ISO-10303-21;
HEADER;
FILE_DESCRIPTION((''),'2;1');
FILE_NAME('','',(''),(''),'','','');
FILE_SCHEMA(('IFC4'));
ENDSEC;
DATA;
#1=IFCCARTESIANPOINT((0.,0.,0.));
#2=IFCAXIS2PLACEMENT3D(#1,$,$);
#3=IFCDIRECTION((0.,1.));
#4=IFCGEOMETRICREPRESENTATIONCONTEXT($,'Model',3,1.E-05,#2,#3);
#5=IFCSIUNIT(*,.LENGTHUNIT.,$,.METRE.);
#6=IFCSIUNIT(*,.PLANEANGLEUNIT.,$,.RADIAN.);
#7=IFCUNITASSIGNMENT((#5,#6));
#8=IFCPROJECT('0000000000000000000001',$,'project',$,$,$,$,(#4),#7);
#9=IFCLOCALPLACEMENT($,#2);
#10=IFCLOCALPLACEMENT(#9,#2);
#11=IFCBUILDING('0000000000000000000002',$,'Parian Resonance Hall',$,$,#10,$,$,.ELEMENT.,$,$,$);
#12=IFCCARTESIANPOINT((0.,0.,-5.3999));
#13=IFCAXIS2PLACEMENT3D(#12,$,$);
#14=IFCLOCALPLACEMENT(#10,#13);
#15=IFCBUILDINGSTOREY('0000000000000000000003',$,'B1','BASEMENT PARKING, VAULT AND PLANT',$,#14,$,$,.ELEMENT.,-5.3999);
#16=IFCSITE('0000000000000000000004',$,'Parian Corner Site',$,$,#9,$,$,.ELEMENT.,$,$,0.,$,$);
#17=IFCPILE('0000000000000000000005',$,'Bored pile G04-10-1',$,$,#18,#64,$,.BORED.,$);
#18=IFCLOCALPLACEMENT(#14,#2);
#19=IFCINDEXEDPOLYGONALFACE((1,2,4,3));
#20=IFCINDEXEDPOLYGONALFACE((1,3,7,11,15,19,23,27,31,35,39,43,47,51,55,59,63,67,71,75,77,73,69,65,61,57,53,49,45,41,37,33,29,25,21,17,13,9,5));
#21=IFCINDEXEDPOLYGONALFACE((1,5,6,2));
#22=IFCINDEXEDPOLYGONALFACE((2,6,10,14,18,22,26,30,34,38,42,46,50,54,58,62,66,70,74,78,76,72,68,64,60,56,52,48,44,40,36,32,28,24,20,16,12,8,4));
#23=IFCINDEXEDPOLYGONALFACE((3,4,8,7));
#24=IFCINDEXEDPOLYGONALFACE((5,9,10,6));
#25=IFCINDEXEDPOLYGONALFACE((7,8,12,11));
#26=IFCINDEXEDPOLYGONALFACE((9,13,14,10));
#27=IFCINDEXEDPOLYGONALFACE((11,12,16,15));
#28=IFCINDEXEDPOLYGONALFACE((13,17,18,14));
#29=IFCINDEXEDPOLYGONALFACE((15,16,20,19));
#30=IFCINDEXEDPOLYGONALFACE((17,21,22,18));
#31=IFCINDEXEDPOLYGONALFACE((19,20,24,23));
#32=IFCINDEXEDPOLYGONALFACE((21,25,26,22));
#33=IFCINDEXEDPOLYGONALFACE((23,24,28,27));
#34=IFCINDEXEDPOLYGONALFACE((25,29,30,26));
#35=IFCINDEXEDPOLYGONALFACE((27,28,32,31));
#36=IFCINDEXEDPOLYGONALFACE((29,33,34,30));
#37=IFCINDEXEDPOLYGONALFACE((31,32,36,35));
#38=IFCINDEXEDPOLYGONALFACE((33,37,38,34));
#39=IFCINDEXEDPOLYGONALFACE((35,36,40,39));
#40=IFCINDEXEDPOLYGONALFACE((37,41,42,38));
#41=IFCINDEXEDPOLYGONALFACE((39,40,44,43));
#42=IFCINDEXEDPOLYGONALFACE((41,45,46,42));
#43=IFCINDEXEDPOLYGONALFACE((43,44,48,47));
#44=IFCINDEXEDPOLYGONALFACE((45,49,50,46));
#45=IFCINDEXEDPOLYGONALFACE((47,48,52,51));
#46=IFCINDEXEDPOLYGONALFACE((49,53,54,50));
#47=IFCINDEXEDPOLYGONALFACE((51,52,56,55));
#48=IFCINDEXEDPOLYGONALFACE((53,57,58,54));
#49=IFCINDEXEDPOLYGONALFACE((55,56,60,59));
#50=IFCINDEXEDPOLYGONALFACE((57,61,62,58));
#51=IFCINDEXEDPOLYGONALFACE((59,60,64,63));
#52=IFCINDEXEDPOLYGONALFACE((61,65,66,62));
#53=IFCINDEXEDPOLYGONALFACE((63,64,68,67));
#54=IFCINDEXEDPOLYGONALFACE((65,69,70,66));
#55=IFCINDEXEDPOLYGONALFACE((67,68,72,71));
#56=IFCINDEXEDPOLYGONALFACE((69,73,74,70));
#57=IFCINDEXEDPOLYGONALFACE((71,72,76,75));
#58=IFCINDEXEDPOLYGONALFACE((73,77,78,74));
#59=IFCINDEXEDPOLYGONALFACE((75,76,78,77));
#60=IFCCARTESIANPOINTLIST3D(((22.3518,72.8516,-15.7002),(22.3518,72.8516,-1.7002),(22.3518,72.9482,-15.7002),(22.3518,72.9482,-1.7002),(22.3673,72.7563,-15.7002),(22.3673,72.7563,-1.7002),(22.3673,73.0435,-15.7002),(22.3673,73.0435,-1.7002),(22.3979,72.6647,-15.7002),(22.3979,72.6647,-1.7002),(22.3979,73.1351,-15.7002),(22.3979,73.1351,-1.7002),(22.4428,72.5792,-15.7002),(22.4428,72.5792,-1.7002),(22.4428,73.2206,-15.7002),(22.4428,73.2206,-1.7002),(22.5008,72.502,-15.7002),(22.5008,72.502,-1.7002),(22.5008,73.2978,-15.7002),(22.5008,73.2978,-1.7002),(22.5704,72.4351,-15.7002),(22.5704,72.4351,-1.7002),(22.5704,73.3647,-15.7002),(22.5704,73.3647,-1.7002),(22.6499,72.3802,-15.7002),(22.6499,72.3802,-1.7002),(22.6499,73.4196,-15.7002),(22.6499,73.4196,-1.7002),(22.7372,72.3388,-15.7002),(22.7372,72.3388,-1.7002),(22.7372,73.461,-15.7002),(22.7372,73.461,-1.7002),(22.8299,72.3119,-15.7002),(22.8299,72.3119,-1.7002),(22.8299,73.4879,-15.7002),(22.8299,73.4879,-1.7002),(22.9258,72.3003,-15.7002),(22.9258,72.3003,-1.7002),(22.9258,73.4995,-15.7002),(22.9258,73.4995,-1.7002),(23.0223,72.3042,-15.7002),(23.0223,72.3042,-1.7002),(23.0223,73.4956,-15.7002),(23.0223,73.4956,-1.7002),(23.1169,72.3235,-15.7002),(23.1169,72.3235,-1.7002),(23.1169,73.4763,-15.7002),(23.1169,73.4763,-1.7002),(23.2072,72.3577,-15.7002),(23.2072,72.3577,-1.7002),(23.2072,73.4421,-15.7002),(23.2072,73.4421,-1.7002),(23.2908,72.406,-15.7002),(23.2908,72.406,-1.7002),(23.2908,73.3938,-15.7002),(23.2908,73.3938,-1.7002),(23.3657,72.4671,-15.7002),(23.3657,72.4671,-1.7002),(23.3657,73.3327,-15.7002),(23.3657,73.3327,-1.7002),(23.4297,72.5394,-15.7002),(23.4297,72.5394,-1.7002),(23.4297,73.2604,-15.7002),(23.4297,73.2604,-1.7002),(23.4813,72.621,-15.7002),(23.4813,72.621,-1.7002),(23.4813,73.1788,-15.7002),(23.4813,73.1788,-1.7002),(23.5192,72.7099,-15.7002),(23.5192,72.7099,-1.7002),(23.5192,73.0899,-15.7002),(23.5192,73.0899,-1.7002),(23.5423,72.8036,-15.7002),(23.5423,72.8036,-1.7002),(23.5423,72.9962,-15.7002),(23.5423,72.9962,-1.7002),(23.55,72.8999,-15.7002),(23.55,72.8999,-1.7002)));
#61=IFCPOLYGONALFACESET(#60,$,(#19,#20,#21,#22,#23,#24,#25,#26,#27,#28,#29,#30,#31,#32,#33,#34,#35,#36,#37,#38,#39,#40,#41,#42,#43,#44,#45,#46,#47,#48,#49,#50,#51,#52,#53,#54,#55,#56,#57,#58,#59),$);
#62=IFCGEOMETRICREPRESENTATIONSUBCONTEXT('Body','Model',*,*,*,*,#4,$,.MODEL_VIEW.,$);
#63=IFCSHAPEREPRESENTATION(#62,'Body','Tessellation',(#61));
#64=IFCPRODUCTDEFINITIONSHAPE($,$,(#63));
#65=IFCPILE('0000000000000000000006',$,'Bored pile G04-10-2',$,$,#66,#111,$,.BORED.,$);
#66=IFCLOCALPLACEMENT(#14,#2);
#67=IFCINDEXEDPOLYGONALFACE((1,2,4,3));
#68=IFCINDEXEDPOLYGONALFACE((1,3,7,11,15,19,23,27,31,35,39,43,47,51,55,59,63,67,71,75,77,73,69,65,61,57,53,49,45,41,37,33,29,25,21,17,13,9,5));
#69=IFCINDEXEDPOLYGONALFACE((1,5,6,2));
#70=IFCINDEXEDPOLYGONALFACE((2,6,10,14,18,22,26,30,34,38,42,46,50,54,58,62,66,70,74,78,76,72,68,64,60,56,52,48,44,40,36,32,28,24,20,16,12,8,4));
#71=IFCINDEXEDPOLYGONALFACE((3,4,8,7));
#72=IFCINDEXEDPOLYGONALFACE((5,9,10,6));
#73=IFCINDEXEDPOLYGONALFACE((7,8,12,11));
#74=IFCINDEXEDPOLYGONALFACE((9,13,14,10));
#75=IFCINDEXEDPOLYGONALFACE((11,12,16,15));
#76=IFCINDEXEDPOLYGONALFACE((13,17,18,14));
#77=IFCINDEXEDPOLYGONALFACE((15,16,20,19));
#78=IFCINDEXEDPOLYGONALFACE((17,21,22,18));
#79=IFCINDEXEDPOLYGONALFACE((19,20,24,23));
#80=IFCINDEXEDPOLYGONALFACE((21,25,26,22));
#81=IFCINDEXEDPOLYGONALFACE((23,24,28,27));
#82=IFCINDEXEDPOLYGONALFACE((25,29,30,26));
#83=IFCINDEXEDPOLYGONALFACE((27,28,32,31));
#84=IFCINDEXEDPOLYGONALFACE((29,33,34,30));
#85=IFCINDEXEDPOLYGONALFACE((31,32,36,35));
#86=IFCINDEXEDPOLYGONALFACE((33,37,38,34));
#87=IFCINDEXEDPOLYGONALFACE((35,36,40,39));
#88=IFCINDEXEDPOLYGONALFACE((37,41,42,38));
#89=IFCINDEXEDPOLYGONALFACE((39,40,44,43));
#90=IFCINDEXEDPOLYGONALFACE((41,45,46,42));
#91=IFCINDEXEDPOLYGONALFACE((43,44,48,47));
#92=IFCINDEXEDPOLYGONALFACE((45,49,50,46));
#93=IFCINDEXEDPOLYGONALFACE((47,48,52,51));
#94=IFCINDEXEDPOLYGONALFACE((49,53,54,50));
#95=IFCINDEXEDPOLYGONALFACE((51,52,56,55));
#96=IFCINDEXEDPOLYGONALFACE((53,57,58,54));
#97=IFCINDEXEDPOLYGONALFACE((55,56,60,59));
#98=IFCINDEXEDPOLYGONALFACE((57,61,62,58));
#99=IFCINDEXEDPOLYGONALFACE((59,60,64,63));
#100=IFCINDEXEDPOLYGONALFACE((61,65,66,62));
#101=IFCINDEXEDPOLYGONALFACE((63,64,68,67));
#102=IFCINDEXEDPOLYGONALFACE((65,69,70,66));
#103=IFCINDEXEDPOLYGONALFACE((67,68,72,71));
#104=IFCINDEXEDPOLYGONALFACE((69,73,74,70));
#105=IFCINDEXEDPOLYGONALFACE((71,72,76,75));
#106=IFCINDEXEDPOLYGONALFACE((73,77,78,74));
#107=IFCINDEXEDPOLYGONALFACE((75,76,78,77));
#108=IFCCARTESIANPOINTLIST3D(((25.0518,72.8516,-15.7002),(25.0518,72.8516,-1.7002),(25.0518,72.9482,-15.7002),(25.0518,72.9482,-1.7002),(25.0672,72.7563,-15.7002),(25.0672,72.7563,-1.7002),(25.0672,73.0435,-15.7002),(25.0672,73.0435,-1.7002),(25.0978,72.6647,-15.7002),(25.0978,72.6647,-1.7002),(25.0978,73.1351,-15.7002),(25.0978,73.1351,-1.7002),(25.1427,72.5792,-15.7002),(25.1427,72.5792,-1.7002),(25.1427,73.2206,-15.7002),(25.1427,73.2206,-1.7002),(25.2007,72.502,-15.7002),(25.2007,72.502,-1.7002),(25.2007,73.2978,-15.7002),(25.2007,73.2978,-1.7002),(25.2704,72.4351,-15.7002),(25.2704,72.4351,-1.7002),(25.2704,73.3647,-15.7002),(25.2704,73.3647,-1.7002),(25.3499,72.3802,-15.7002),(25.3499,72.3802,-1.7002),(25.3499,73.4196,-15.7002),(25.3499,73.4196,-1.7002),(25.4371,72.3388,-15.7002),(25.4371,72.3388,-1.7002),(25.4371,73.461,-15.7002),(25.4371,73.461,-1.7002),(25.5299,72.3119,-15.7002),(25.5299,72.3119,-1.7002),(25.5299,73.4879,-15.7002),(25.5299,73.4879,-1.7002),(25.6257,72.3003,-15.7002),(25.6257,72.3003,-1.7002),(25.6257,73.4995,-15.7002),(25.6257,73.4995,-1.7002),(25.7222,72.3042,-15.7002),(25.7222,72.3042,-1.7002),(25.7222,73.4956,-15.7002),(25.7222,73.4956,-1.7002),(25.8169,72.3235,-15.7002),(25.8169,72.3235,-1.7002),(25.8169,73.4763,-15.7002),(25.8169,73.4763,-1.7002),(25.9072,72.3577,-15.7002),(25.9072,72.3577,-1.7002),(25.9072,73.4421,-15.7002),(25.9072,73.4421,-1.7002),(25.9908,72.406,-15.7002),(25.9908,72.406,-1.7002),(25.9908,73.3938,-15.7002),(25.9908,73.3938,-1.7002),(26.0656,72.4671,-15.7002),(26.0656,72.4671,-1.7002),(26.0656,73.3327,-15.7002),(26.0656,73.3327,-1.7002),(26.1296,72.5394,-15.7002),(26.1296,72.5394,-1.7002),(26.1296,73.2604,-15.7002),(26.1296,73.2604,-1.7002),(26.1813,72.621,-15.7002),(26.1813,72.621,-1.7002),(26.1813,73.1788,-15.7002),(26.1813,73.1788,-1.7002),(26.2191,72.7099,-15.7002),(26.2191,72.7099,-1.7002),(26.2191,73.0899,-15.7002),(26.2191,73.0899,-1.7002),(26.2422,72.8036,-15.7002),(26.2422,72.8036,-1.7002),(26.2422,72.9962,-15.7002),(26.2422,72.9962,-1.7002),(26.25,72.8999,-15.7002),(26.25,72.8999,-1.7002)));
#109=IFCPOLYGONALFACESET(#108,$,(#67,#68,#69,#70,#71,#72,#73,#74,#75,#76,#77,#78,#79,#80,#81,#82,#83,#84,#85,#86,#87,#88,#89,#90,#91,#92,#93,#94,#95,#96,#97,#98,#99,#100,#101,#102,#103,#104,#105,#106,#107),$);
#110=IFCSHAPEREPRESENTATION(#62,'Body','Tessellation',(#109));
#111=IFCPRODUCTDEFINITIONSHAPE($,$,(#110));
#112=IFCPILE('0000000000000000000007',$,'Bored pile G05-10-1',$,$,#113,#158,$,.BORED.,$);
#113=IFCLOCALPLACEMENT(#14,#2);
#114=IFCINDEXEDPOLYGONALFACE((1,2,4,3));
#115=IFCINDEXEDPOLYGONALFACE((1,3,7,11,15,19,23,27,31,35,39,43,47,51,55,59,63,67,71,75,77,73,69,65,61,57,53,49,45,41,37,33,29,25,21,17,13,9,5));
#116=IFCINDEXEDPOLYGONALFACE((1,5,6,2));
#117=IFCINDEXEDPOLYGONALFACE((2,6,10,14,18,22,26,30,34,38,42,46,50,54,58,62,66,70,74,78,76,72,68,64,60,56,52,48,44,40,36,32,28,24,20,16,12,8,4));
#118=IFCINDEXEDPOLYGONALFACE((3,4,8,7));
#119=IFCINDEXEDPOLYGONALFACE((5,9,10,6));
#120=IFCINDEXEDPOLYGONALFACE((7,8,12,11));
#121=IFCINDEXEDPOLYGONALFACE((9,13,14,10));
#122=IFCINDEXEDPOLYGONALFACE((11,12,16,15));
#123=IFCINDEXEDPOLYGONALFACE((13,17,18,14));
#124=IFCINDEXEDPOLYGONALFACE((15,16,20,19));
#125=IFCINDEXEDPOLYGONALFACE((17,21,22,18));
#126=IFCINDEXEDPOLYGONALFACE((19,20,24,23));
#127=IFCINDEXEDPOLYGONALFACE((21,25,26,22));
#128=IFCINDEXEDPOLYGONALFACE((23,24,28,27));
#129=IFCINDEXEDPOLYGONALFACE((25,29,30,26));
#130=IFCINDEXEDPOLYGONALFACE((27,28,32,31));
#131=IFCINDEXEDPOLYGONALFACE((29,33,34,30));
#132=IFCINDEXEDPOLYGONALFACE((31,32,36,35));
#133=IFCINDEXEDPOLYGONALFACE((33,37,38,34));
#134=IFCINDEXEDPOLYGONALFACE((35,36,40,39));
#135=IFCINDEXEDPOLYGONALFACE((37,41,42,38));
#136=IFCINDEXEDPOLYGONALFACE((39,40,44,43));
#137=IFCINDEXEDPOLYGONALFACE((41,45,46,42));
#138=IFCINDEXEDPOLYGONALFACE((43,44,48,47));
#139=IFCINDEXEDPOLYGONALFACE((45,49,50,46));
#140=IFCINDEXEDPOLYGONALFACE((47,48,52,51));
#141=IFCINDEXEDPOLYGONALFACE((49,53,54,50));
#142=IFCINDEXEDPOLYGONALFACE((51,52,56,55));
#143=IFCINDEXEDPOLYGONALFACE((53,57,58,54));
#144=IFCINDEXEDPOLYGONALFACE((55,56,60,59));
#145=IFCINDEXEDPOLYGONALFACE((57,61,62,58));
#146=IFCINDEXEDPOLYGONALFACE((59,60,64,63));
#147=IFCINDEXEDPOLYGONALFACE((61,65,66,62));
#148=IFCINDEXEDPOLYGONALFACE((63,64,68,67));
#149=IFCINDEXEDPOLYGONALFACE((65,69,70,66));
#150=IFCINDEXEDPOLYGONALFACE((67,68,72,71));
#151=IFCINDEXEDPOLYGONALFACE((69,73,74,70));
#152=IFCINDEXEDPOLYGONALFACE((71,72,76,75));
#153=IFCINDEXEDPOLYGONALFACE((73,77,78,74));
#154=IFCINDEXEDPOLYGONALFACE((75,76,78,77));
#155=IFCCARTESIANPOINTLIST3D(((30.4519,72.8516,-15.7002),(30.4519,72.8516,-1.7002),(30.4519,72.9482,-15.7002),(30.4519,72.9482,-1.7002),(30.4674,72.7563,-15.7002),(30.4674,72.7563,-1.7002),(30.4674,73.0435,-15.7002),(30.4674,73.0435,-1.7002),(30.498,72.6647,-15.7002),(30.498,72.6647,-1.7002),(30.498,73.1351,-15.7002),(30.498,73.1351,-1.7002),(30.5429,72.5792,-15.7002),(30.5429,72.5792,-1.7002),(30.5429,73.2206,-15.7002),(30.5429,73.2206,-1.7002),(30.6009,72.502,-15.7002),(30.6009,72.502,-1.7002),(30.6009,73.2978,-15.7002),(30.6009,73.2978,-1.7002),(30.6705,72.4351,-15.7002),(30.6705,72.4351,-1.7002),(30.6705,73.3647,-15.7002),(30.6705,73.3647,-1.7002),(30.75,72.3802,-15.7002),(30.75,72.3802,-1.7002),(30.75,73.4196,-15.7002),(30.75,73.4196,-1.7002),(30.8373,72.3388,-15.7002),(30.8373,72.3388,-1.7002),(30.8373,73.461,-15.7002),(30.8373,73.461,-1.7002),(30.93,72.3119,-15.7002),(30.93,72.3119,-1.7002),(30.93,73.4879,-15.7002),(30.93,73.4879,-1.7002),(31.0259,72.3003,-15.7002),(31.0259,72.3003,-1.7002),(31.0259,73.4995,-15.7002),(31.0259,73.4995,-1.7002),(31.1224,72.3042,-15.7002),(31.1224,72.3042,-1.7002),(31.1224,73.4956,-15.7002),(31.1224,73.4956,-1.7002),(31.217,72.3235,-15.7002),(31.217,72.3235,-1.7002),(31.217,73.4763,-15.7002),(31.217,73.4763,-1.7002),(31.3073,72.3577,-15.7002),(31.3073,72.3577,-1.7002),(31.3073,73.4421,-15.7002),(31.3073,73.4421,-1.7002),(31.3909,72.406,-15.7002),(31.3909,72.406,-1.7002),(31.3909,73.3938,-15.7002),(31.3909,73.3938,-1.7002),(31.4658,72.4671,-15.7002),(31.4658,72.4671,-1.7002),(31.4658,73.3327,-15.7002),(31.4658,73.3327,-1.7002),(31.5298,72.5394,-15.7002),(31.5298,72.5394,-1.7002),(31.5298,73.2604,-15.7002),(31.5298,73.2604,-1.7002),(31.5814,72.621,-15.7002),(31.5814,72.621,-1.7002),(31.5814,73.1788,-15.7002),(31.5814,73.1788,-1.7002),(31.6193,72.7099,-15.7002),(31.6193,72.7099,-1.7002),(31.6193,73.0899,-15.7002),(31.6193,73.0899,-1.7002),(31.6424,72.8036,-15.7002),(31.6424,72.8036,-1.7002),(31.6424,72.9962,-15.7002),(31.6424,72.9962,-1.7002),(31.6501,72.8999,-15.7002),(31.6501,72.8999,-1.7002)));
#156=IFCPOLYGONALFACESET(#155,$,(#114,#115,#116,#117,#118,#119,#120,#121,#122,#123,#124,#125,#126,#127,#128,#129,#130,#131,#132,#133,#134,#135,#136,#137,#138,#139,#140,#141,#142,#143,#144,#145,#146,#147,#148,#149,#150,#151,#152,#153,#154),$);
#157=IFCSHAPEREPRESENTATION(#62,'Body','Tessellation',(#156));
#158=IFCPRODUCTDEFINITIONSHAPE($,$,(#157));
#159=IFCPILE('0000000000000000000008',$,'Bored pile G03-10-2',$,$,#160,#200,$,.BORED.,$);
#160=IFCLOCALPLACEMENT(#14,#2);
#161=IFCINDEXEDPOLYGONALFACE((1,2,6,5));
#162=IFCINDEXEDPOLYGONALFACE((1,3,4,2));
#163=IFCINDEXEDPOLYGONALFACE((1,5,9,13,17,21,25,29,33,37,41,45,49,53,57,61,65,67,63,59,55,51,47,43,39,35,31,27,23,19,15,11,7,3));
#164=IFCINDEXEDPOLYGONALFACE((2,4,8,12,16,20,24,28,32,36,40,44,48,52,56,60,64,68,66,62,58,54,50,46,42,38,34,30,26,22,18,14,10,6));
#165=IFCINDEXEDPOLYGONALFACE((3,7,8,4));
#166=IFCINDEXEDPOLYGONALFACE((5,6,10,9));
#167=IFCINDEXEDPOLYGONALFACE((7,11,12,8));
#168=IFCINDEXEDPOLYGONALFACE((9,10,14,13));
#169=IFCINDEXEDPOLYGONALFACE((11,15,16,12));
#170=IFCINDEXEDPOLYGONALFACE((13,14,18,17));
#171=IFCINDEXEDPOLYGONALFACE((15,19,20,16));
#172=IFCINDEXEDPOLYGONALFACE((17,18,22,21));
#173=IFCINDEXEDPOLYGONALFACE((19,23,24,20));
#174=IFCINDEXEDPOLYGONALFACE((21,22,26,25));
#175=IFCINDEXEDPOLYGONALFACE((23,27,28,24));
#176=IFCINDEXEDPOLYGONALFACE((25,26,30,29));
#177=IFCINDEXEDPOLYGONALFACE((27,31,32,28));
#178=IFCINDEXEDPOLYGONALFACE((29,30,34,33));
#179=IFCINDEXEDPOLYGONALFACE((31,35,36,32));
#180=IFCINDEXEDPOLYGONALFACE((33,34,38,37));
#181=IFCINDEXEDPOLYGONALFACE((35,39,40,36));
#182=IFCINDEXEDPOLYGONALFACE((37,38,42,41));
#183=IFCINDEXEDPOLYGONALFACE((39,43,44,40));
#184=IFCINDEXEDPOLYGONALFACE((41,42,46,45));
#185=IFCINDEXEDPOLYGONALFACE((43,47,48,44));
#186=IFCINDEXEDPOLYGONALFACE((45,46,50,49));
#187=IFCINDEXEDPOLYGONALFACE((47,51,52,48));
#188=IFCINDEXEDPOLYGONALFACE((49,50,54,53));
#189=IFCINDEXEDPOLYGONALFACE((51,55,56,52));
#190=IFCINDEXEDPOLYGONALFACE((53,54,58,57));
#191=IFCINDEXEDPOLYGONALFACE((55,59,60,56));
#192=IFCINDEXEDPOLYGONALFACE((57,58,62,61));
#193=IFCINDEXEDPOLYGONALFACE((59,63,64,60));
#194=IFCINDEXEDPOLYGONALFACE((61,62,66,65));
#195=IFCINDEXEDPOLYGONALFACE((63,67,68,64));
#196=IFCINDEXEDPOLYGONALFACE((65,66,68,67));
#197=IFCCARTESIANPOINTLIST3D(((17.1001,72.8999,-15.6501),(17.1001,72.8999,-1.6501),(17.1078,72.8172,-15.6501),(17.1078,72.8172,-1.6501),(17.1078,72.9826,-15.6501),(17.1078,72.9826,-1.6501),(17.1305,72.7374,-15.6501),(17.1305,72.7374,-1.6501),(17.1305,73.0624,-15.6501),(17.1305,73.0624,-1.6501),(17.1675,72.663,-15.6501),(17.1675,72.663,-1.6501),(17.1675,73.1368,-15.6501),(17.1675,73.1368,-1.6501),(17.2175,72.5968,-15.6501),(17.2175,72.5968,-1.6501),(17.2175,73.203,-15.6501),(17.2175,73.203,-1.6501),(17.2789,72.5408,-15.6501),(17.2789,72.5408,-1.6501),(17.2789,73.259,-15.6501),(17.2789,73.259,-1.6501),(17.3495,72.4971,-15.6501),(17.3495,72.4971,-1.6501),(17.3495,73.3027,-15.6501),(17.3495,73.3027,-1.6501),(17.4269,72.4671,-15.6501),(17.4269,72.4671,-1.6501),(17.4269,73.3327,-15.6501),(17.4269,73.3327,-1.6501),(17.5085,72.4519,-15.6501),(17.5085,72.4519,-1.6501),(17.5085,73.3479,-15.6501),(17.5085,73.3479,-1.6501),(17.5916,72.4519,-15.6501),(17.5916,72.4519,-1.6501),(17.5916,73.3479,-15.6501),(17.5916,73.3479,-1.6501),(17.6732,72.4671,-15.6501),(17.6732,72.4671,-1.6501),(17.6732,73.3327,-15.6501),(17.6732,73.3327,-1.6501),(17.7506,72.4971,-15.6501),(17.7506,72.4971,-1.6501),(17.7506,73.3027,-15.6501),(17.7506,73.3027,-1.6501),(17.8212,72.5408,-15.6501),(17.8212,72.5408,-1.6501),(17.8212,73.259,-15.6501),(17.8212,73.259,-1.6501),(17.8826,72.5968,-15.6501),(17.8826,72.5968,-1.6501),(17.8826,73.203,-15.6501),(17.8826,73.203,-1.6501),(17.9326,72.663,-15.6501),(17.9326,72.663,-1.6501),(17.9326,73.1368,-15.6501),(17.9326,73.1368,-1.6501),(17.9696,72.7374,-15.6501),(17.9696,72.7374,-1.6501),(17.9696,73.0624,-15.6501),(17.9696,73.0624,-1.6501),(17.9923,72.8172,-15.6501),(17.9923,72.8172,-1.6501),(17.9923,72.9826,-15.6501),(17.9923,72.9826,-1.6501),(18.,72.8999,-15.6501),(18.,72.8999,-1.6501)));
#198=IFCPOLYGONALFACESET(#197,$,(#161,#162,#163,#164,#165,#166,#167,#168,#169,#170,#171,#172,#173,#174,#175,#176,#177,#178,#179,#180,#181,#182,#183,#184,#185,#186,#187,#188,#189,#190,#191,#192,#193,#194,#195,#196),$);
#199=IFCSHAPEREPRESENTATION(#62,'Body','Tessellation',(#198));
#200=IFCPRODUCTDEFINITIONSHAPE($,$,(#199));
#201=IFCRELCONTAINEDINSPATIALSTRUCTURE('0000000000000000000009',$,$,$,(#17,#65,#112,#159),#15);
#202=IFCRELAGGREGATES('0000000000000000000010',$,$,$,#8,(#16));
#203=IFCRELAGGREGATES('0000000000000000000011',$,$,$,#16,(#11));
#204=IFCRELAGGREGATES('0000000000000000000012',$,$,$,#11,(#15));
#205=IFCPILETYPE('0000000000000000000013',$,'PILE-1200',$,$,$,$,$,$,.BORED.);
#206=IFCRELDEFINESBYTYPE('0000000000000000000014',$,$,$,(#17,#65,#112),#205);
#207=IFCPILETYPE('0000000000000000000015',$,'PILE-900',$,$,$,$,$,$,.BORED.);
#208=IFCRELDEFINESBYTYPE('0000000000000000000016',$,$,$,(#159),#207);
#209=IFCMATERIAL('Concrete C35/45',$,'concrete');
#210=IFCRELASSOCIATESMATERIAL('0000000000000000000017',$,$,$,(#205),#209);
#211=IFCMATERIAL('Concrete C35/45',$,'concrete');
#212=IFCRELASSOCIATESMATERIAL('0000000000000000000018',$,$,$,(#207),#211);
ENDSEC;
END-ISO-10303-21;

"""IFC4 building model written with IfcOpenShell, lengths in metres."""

from ifc_helpers import new_model, si_unit, direction, frame, origin, origin_2d, place, context, subcontext, project, spatial, circle, extrude, material, material_profile, profile_set, type_object, element, save


model = new_model("IFC4")

# Units and contexts
model_context = context("Model", 3, precision=1e-05, world=origin(), true_north=direction((0.0, 1.0)))
body_context = subcontext(model_context, "Body", "Model", "MODEL_VIEW")
ifc_project = project(units=[si_unit("LENGTHUNIT", "METRE"), si_unit("PLANEANGLEUNIT", "RADIAN")], contexts=[model_context])

# Site, building, storey
site_placement = place(None, origin())
site = spatial("IfcSite", under=ifc_project, at=site_placement, Name="Parian Corner Site", CompositionType="ELEMENT", RefElevation=0.0)
building_placement = place(site_placement, origin())
building = spatial("IfcBuilding", under=site, at=building_placement, Name="Parian Resonance Hall", CompositionType="ELEMENT")
storey_placement = place(building_placement, frame((0.0, 0.0, -5.3999)))
storey = spatial("IfcBuildingStorey", under=building, at=storey_placement, Name="B1", Description="BASEMENT PARKING, VAULT AND PLANT", CompositionType="ELEMENT", Elevation=-5.3999)

# Piles
ifc_material_1 = material(Name="Concrete C35/45", Category="concrete")
ifc_material_profile_1 = material_profile(ifc_material_1, circle(Radius=0.6001, at=origin_2d()), Name="PILE-D1200")
ifc_profile_set_1 = profile_set([ifc_material_profile_1], Name="Concrete C35/45")
pile_type_1 = type_object("IfcPileType", Name="PILE-1200", PredefinedType="BORED", material=ifc_profile_set_1)
for number, where, z_axis, x_axis, name in (
    (1, (22.95, 72.8999, -1.7002), (0.0, 0.0, -1.0), (1.0, 0.0, 0.0), "Bored pile G04-10-1"),
    (2, (25.6499, 72.8999, -1.7002), (0.0, 0.0, -1.0), (1.0, 0.0, 0.0), "Bored pile G04-10-2"),
    (3, (31.05, 72.8999, -1.7002), (0.0, 0.0, -1.0), (1.0, 0.0, 0.0), "Bored pile G05-10-1"),
):
    element("IfcPile", number, at=place(storey_placement, frame(where, z_axis=z_axis, x_axis=x_axis)), inside=storey, type_object=pile_type_1, Name=name, PredefinedType="BORED", context=body_context, shape_type="SweptSolid", body=[
        extrude(circle(Radius=0.6001, at=origin_2d()), origin(), (0.0, 0.0, 1.0), 14.0),
    ])
ifc_material_2 = material(Name="Concrete C35/45", Category="concrete")
ifc_material_profile_2 = material_profile(ifc_material_2, circle(Radius=0.45, at=origin_2d()), Name="PILE-D900")
ifc_profile_set_2 = profile_set([ifc_material_profile_2], Name="Concrete C35/45")
pile_type_2 = type_object("IfcPileType", Name="PILE-900", PredefinedType="BORED", material=ifc_profile_set_2)
for number, where, z_axis, x_axis, name in (
    (4, (17.55, 72.8999, -1.6501), (0.0, 0.0, -1.0), (1.0, 0.0, 0.0), "Bored pile G03-10-2"),
):
    element("IfcPile", number, at=place(storey_placement, frame(where, z_axis=z_axis, x_axis=x_axis)), inside=storey, type_object=pile_type_2, Name=name, PredefinedType="BORED", context=body_context, shape_type="SweptSolid", body=[
        extrude(circle(Radius=0.45, at=origin_2d()), origin(), (0.0, 0.0, 1.0), 14.0),
    ])

save(model, "model.ifc")
